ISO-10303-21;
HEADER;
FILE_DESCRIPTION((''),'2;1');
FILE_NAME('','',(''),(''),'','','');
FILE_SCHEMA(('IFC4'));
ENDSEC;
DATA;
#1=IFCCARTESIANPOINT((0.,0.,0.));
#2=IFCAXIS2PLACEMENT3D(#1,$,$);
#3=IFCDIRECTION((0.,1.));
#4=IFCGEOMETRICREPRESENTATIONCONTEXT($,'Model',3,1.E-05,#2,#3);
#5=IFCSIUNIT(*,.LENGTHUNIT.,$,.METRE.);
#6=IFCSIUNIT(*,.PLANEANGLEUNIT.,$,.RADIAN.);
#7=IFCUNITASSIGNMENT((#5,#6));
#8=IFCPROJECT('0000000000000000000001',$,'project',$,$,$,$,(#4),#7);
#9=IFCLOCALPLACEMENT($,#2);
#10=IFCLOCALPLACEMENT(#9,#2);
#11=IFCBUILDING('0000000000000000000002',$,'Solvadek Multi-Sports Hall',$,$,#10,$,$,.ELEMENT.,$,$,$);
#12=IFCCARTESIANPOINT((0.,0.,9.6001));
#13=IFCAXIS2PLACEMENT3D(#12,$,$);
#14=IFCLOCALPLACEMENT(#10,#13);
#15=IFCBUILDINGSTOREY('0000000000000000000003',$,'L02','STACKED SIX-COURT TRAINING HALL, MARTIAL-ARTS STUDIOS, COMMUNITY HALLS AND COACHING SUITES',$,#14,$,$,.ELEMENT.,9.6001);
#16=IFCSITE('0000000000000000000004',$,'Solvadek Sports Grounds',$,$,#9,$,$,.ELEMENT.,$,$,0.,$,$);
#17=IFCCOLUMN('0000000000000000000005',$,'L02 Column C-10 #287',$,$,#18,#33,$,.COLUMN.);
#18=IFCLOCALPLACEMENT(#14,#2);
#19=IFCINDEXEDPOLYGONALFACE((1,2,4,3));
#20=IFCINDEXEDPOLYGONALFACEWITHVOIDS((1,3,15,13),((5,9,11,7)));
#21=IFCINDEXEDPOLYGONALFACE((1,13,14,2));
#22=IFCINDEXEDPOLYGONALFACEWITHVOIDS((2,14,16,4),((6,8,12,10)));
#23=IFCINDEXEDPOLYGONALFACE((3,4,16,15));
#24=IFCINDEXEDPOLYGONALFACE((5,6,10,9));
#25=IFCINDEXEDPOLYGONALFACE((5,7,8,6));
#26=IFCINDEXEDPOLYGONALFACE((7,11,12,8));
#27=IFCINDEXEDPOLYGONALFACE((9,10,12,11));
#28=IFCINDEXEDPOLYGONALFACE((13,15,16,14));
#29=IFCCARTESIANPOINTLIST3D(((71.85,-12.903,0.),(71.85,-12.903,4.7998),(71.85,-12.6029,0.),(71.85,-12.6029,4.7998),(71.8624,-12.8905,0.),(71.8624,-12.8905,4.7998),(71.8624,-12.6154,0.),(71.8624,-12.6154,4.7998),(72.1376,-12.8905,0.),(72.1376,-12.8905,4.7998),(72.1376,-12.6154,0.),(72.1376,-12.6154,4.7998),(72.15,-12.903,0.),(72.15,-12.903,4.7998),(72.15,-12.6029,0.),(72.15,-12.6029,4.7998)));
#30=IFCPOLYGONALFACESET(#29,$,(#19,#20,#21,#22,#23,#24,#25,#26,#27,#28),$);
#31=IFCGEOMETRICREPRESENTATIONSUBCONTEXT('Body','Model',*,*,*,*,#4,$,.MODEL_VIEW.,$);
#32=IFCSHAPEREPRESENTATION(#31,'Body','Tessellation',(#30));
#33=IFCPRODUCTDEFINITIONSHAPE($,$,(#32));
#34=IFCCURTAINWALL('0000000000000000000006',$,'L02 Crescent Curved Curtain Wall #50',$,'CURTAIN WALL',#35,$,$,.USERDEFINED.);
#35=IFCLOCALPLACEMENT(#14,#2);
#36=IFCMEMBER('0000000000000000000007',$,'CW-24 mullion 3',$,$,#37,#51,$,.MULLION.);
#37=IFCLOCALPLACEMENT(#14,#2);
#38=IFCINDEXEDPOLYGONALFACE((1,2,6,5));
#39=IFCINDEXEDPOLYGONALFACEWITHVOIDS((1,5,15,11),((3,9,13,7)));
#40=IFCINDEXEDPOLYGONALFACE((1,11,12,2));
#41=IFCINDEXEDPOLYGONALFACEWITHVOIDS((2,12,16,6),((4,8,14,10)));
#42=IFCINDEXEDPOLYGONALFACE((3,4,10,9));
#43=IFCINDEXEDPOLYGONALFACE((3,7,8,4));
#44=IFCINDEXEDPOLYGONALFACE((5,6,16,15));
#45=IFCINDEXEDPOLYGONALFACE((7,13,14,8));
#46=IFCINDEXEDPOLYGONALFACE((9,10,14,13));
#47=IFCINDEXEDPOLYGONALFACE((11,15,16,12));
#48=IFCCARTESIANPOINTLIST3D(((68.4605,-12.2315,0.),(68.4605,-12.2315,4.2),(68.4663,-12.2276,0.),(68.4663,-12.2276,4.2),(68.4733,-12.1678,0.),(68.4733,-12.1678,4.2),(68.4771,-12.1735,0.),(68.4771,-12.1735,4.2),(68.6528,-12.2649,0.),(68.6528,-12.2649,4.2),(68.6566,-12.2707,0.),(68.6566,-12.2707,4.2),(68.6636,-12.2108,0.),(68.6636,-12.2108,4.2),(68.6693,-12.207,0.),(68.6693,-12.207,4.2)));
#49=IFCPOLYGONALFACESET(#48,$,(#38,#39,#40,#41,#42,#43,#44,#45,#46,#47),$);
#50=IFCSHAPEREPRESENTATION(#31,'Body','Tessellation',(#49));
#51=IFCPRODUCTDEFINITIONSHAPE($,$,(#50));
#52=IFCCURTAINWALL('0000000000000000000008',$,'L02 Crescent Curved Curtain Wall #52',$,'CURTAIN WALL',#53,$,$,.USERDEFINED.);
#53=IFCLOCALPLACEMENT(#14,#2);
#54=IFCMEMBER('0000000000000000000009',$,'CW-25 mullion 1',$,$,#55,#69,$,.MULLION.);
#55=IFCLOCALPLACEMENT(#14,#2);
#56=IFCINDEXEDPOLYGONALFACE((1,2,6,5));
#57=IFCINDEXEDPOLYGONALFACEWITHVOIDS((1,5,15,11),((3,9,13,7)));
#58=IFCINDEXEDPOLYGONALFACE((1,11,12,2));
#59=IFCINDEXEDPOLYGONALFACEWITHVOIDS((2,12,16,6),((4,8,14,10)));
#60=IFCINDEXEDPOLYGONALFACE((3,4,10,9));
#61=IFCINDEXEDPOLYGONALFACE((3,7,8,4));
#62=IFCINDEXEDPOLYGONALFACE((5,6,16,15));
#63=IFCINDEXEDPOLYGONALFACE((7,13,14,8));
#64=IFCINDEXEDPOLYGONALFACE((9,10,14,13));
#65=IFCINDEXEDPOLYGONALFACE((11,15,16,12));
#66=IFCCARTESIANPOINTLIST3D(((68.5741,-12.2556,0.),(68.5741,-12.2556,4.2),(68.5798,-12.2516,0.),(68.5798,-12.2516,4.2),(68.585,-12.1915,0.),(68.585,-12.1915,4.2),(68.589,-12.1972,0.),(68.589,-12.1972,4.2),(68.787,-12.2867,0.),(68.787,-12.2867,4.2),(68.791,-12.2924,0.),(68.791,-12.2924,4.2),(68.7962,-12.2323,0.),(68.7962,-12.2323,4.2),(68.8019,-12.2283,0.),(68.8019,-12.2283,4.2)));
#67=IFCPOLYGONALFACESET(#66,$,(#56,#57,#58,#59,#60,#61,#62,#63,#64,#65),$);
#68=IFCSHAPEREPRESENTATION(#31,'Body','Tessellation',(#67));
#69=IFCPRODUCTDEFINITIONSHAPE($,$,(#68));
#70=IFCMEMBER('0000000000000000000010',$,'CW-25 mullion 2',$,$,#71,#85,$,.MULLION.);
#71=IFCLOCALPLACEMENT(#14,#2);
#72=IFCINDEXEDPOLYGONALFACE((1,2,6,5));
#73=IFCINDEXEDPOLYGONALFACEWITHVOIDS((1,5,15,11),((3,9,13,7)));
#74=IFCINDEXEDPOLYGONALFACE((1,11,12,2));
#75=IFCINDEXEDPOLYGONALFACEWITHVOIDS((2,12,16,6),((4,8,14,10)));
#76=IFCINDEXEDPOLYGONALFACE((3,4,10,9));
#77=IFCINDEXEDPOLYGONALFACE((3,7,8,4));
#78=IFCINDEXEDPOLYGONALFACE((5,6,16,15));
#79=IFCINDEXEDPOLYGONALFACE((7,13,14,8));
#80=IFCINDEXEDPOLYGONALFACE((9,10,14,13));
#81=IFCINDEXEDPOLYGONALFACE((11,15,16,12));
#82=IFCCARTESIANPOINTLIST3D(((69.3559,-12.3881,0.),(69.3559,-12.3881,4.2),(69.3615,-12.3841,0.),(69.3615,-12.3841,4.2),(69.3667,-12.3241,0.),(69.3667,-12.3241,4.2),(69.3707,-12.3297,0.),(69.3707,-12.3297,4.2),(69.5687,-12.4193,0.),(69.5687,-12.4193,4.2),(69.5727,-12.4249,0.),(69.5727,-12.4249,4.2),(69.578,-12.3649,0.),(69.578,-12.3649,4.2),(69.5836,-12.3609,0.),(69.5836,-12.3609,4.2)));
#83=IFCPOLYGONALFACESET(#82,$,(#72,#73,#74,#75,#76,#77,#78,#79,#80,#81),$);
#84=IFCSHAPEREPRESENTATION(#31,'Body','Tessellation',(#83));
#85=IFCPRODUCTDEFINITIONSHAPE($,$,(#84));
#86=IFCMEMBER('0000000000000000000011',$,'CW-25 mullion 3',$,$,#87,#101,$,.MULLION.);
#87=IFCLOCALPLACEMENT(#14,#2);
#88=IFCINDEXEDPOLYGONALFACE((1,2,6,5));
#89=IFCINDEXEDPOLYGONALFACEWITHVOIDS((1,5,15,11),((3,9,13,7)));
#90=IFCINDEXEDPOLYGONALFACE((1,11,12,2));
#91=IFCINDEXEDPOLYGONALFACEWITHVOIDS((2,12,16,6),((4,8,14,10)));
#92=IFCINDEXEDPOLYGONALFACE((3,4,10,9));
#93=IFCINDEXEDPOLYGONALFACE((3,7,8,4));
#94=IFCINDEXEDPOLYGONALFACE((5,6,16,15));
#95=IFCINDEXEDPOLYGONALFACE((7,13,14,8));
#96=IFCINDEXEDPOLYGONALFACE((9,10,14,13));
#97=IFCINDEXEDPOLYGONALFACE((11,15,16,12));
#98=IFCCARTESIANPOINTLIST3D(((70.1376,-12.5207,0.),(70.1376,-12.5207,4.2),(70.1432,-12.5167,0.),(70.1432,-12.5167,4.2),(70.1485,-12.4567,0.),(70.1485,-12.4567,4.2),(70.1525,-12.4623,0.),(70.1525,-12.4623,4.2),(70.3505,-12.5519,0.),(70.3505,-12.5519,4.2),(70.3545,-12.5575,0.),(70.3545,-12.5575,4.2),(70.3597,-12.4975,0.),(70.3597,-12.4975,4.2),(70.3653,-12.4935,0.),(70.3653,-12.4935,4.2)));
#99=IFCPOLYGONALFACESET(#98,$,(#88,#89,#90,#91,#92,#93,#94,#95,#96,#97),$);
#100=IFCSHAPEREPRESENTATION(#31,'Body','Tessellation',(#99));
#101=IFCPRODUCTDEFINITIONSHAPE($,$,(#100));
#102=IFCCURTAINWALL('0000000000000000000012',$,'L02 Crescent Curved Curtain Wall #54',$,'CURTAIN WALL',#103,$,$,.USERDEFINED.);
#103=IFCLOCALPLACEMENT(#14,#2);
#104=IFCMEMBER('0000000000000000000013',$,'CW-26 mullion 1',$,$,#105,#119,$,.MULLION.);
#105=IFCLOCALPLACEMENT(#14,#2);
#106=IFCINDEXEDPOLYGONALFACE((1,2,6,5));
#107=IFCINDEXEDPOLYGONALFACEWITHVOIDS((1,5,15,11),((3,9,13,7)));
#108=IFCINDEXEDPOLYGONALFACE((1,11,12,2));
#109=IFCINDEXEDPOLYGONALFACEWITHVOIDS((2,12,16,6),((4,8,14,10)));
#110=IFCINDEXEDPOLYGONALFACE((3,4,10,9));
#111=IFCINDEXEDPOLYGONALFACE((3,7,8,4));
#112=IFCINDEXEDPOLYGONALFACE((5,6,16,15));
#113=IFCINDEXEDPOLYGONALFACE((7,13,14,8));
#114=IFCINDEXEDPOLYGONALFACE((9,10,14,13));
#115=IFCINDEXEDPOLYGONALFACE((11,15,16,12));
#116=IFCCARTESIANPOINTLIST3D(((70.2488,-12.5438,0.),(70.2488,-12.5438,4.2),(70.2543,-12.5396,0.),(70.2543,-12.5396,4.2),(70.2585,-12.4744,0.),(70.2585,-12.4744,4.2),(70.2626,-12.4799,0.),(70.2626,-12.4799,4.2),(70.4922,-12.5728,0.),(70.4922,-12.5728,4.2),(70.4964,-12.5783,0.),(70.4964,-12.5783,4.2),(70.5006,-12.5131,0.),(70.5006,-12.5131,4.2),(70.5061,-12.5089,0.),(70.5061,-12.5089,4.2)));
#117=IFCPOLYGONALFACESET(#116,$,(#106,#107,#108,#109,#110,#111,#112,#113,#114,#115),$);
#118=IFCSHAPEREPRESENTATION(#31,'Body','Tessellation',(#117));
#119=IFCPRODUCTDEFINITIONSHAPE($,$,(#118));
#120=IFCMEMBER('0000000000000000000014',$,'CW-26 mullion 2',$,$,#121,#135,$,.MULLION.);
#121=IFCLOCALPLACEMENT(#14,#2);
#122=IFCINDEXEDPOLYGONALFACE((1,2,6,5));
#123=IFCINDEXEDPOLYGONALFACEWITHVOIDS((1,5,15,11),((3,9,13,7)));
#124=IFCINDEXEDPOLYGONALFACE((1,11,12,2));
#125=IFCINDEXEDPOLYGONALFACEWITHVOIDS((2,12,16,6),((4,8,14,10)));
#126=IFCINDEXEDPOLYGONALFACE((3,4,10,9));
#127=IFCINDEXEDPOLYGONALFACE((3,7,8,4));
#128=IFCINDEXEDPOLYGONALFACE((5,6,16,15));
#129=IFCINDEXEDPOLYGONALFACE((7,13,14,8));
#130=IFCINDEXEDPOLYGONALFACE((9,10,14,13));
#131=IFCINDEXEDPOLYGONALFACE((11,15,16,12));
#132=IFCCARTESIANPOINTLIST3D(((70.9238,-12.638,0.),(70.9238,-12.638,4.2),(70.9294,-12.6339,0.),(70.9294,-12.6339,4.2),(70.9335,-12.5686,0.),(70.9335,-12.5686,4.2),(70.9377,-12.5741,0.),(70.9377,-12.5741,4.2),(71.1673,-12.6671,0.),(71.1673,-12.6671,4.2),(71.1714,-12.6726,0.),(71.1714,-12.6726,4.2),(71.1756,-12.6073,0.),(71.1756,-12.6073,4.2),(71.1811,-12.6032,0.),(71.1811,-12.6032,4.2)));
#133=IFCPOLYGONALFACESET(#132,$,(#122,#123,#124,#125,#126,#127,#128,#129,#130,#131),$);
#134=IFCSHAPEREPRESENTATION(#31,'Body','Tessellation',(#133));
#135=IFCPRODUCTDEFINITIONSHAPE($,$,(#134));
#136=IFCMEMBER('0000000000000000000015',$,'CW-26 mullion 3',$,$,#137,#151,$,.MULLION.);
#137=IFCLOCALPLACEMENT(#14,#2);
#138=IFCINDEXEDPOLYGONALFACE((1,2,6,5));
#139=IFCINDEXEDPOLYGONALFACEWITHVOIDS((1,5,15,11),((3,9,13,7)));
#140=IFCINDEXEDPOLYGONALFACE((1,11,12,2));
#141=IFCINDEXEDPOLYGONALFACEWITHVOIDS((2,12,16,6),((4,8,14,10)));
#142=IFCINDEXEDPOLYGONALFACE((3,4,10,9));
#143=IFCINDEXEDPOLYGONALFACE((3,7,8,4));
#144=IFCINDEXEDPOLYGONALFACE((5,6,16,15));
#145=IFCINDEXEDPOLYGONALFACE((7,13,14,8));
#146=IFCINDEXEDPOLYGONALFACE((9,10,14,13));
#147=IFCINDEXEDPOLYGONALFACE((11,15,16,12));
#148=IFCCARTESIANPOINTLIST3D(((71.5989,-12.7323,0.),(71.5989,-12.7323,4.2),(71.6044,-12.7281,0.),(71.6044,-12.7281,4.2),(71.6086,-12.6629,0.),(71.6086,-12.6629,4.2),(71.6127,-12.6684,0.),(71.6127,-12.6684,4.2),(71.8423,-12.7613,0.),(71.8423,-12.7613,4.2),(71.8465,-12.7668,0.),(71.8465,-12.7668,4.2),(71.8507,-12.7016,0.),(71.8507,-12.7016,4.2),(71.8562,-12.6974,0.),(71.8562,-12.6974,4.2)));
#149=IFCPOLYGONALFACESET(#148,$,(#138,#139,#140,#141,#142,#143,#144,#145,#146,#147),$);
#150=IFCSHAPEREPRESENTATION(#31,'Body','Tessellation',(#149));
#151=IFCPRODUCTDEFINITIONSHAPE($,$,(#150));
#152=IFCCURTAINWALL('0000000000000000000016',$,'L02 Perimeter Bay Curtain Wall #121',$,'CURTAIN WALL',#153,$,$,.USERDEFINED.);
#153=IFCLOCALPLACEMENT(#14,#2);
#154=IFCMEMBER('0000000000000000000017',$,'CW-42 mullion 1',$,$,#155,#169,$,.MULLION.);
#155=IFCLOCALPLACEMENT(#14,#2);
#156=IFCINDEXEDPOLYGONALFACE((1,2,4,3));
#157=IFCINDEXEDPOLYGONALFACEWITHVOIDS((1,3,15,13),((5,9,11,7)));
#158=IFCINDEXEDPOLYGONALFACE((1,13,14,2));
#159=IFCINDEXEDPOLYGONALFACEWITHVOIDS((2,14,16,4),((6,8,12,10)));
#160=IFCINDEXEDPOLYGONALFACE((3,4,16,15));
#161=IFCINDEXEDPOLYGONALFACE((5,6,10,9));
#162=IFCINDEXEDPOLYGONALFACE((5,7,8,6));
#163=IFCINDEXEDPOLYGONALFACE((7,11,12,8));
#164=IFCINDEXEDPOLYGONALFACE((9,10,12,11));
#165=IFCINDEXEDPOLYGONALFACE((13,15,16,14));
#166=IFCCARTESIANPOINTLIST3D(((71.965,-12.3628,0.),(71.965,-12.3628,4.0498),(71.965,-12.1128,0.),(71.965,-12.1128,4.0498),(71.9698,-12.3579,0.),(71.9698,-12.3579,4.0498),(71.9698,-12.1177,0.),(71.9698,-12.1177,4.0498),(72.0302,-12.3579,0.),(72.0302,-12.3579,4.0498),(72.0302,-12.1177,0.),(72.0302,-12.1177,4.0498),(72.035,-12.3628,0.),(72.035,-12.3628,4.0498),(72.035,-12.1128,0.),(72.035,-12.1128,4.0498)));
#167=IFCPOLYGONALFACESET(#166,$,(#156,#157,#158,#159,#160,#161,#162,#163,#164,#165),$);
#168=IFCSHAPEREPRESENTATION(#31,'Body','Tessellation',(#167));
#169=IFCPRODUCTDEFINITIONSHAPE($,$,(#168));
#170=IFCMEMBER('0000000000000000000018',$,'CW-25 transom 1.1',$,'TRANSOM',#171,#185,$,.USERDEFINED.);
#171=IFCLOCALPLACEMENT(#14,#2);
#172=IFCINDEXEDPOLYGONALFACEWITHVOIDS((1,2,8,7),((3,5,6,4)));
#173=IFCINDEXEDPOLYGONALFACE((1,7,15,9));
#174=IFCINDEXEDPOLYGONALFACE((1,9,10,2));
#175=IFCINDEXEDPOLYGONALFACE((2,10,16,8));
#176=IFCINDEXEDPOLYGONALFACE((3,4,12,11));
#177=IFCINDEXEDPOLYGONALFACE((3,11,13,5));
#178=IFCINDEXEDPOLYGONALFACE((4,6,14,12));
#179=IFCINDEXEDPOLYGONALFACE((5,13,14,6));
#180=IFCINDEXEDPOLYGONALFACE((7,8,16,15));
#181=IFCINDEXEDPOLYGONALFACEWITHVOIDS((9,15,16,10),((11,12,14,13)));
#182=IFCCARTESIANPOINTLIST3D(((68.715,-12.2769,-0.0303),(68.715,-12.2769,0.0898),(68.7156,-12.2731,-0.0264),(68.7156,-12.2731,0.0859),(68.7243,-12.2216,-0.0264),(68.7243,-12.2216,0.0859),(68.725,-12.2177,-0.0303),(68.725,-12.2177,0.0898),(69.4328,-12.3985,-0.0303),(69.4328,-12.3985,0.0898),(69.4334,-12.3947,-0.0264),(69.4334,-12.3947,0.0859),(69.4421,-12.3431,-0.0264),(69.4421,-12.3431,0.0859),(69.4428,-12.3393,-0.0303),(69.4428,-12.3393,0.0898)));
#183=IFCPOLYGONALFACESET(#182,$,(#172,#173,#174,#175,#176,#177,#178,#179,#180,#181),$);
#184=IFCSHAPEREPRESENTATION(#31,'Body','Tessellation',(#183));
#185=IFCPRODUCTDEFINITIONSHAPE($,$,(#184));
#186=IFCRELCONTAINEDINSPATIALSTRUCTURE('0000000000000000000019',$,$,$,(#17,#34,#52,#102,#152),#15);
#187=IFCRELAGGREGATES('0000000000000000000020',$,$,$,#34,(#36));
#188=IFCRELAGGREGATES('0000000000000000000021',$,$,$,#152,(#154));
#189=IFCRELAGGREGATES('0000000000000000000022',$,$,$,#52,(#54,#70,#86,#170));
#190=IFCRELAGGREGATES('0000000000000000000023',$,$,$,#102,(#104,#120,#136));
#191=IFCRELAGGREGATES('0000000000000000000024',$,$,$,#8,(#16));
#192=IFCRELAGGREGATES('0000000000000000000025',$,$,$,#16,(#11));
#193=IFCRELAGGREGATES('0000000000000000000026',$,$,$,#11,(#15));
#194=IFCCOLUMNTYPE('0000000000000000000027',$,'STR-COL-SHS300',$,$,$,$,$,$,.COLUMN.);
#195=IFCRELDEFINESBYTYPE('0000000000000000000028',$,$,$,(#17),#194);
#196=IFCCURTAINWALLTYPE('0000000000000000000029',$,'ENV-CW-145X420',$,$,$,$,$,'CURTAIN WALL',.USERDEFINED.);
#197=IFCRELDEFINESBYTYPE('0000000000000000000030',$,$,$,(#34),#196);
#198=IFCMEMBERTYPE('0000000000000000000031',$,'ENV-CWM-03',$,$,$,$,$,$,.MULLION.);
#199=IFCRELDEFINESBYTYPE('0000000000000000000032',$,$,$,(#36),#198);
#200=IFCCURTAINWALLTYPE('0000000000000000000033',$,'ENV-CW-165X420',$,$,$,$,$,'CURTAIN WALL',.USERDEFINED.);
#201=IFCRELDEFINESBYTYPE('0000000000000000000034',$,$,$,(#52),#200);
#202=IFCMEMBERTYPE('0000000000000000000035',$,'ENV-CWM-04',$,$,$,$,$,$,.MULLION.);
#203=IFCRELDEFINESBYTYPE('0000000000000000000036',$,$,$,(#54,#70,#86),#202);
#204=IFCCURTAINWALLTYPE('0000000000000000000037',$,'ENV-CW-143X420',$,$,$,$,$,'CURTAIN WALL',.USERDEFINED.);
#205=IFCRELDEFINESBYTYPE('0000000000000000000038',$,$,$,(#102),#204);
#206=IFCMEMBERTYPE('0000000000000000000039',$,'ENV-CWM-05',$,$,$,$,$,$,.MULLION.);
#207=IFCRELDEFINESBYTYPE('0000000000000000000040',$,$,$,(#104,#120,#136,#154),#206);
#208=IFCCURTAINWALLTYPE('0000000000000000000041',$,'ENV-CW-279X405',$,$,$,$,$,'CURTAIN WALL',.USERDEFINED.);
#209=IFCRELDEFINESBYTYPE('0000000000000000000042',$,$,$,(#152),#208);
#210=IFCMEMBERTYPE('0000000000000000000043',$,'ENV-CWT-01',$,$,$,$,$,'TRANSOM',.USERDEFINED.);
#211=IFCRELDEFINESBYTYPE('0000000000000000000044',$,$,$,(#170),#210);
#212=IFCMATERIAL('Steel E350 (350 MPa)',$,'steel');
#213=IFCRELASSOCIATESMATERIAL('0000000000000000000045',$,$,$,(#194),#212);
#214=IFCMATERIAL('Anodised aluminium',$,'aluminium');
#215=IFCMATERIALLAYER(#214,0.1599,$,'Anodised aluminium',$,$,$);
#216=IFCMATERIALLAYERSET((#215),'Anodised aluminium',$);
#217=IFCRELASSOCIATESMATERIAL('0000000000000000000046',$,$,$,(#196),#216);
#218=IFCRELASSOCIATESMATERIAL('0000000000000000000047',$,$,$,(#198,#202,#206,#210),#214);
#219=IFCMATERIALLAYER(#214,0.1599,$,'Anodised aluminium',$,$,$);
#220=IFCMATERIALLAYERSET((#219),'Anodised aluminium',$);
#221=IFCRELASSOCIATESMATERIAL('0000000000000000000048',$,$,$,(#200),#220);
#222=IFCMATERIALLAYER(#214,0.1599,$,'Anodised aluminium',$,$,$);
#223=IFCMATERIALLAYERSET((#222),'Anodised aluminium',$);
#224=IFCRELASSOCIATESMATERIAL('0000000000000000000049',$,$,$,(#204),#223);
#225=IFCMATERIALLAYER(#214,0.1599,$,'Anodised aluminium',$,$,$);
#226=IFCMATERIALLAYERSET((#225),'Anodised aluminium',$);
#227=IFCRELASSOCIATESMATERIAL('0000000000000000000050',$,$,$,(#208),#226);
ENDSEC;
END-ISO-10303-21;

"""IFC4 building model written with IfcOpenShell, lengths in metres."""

from ifc_helpers import new_model, si_unit, direction, frame, origin, origin_2d, place, context, subcontext, project, spatial, hollow_rectangle, extrude, material, layer, layer_set, material_profile, profile_set, type_object, element, aggregate, save


model = new_model("IFC4")

# Units and contexts
model_context = context("Model", 3, precision=1e-05, world=origin(), true_north=direction((0.0, 1.0)))
body_context = subcontext(model_context, "Body", "Model", "MODEL_VIEW")
ifc_project = project(units=[si_unit("LENGTHUNIT", "METRE"), si_unit("PLANEANGLEUNIT", "RADIAN")], contexts=[model_context])

# Site, building, storey
site_placement = place(None, origin())
site = spatial("IfcSite", under=ifc_project, at=site_placement, Name="Solvadek Sports Grounds", CompositionType="ELEMENT", RefElevation=0.0)
building_placement = place(site_placement, origin())
building = spatial("IfcBuilding", under=site, at=building_placement, Name="Solvadek Multi-Sports Hall", CompositionType="ELEMENT")
storey_placement = place(building_placement, frame((0.0, 0.0, 9.6001)))
storey = spatial("IfcBuildingStorey", under=building, at=storey_placement, Name="L02", Description="STACKED SIX-COURT TRAINING HALL, MARTIAL-ARTS STUDIOS, COMMUNITY HALLS AND COACHING SUITES", CompositionType="ELEMENT", Elevation=9.6001)

# Column
ifc_material_1 = material(Name="Steel E350 (350 MPa)", Category="steel")
ifc_material_profile_1 = material_profile(ifc_material_1, hollow_rectangle(XDim=0.3, YDim=0.3, WallThickness=0.0125, at=origin_2d()), Name="SHS 300x300x12.5")
ifc_profile_set_1 = profile_set([ifc_material_profile_1], Name="Steel E350 (350 MPa)")
column_type = type_object("IfcColumnType", Name="STR-COL-SHS300", PredefinedType="COLUMN", material=ifc_profile_set_1)
column_placement = place(storey_placement, frame((72.0, -12.7529, 0.0), z_axis=(0.0, 0.0, 1.0), x_axis=(1.0, 0.0, 0.0)))
element("IfcColumn", 1, at=column_placement, inside=storey, type_object=column_type, Name="L02 Column C-10 #287", PredefinedType="COLUMN", context=body_context, shape_type="SweptSolid", body=[
    extrude(hollow_rectangle(XDim=0.3, YDim=0.3, WallThickness=0.0125, at=origin_2d()), origin(), (0.0, 0.0, 1.0), 4.7998),
])

# Curtain wall, member
ifc_material_2 = material(Name="Anodised aluminium", Category="aluminium")
ifc_layer_1 = layer(ifc_material_2, 0.1599, Name="Anodised aluminium")
ifc_layer_set_1 = layer_set([ifc_layer_1], Name="Anodised aluminium")
curtain_wall_type_1 = type_object("IfcCurtainWallType", Name="ENV-CW-145X420", ElementType="CURTAIN WALL", PredefinedType="USERDEFINED", material=ifc_layer_set_1)
curtain_wall_1_placement = place(storey_placement, origin())
curtain_wall_1 = element("IfcCurtainWall", 2, at=curtain_wall_1_placement, inside=storey, type_object=curtain_wall_type_1, Name="L02 Crescent Curved Curtain Wall #50", ObjectType="CURTAIN WALL", PredefinedType="USERDEFINED")
ifc_material_profile_2 = material_profile(ifc_material_2, hollow_rectangle(XDim=0.0649, YDim=0.2, WallThickness=0.0049, at=origin_2d()), Name="ALU-M 200x65x5")
ifc_profile_set_2 = profile_set([ifc_material_profile_2], Name="Anodised aluminium")
member_type_1 = type_object("IfcMemberType", Name="ENV-CWM-03", PredefinedType="MULLION", material=ifc_profile_set_2)
member_1_placement = place(storey_placement, frame((68.5649, -12.2192, 0.0), z_axis=(0.0, 0.0, 1.0), x_axis=(0.196156, 0.980573, 0.0)))
member_1 = element("IfcMember", 3, at=member_1_placement, type_object=member_type_1, Name="CW-24 mullion 3", PredefinedType="MULLION", context=body_context, shape_type="SweptSolid", body=[
    extrude(hollow_rectangle(XDim=0.0649, YDim=0.2, WallThickness=0.0049, at=origin_2d()), origin(), (0.0, 0.0, 1.0), 4.2),
])
aggregate(curtain_wall_1, [member_1])

# Curtain walls, members
ifc_layer_2 = layer(ifc_material_2, 0.1599, Name="Anodised aluminium")
ifc_layer_set_2 = layer_set([ifc_layer_2], Name="Anodised aluminium")
curtain_wall_type_2 = type_object("IfcCurtainWallType", Name="ENV-CW-165X420", ElementType="CURTAIN WALL", PredefinedType="USERDEFINED", material=ifc_layer_set_2)
curtain_wall_2_placement = place(storey_placement, origin())
curtain_wall_2 = element("IfcCurtainWall", 4, at=curtain_wall_2_placement, inside=storey, type_object=curtain_wall_type_2, Name="L02 Crescent Curved Curtain Wall #52", ObjectType="CURTAIN WALL", PredefinedType="USERDEFINED")
ifc_material_profile_3 = material_profile(ifc_material_2, hollow_rectangle(XDim=0.0649, YDim=0.22, WallThickness=0.0049, at=origin_2d()), Name="ALU-M 220x65x5")
ifc_profile_set_3 = profile_set([ifc_material_profile_3], Name="Anodised aluminium")
member_type_2 = type_object("IfcMemberType", Name="ENV-CWM-04", PredefinedType="MULLION", material=ifc_profile_set_3)
member_2_placement = place(storey_placement, frame((68.688, -12.2419, 0.0), z_axis=(0.0, 0.0, 1.0), x_axis=(0.167247, 0.985915, 0.0)))
member_2 = element("IfcMember", 5, at=member_2_placement, type_object=member_type_2, Name="CW-25 mullion 1", PredefinedType="MULLION", context=body_context, shape_type="SweptSolid", body=[
    extrude(hollow_rectangle(XDim=0.0649, YDim=0.22, WallThickness=0.0049, at=origin_2d()), origin(), (0.0, 0.0, 1.0), 4.2),
])
member_3_placement = place(storey_placement, frame((69.4697, -12.3745, 0.0), z_axis=(0.0, 0.0, 1.0), x_axis=(0.167247, 0.985915, 0.0)))
member_3 = element("IfcMember", 6, at=member_3_placement, type_object=member_type_2, Name="CW-25 mullion 2", PredefinedType="MULLION", context=body_context, shape_type="SweptSolid", body=[
    extrude(hollow_rectangle(XDim=0.0649, YDim=0.22, WallThickness=0.0049, at=origin_2d()), origin(), (0.0, 0.0, 1.0), 4.2),
])
member_4_placement = place(storey_placement, frame((70.2515, -12.5071, 0.0), z_axis=(0.0, 0.0, 1.0), x_axis=(0.167247, 0.985915, 0.0)))
member_4 = element("IfcMember", 7, at=member_4_placement, type_object=member_type_2, Name="CW-25 mullion 3", PredefinedType="MULLION", context=body_context, shape_type="SweptSolid", body=[
    extrude(hollow_rectangle(XDim=0.0649, YDim=0.22, WallThickness=0.0049, at=origin_2d()), origin(), (0.0, 0.0, 1.0), 4.2),
])
ifc_layer_3 = layer(ifc_material_2, 0.1599, Name="Anodised aluminium")
ifc_layer_set_3 = layer_set([ifc_layer_3], Name="Anodised aluminium")
curtain_wall_type_3 = type_object("IfcCurtainWallType", Name="ENV-CW-143X420", ElementType="CURTAIN WALL", PredefinedType="USERDEFINED", material=ifc_layer_set_3)
curtain_wall_3_placement = place(storey_placement, origin())
curtain_wall_3 = element("IfcCurtainWall", 8, at=curtain_wall_3_placement, inside=storey, type_object=curtain_wall_type_3, Name="L02 Crescent Curved Curtain Wall #54", ObjectType="CURTAIN WALL", PredefinedType="USERDEFINED")
ifc_material_profile_4 = material_profile(ifc_material_2, hollow_rectangle(XDim=0.0701, YDim=0.25, WallThickness=0.0049, at=origin_2d()), Name="ALU-M 250x70x5")
ifc_profile_set_4 = profile_set([ifc_material_profile_4], Name="Anodised aluminium")
member_type_3 = type_object("IfcMemberType", Name="ENV-CWM-05", PredefinedType="MULLION", material=ifc_profile_set_4)
member_5_placement = place(storey_placement, frame((70.3774, -12.5264, 0.0), z_axis=(0.0, 0.0, 1.0), x_axis=(0.138217, 0.990402, 0.0)))
member_5 = element("IfcMember", 9, at=member_5_placement, type_object=member_type_3, Name="CW-26 mullion 1", PredefinedType="MULLION", context=body_context, shape_type="SweptSolid", body=[
    extrude(hollow_rectangle(XDim=0.0701, YDim=0.25, WallThickness=0.0049, at=origin_2d()), origin(), (0.0, 0.0, 1.0), 4.2),
])
member_6_placement = place(storey_placement, frame((71.0525, -12.6206, 0.0), z_axis=(0.0, 0.0, 1.0), x_axis=(0.138217, 0.990402, 0.0)))
member_6 = element("IfcMember", 10, at=member_6_placement, type_object=member_type_3, Name="CW-26 mullion 2", PredefinedType="MULLION", context=body_context, shape_type="SweptSolid", body=[
    extrude(hollow_rectangle(XDim=0.0701, YDim=0.25, WallThickness=0.0049, at=origin_2d()), origin(), (0.0, 0.0, 1.0), 4.2),
])
member_7_placement = place(storey_placement, frame((71.7275, -12.7148, 0.0), z_axis=(0.0, 0.0, 1.0), x_axis=(0.138217, 0.990402, 0.0)))
member_7 = element("IfcMember", 11, at=member_7_placement, type_object=member_type_3, Name="CW-26 mullion 3", PredefinedType="MULLION", context=body_context, shape_type="SweptSolid", body=[
    extrude(hollow_rectangle(XDim=0.0701, YDim=0.25, WallThickness=0.0049, at=origin_2d()), origin(), (0.0, 0.0, 1.0), 4.2),
])

# Curtain wall, member
ifc_layer_4 = layer(ifc_material_2, 0.1599, Name="Anodised aluminium")
ifc_layer_set_4 = layer_set([ifc_layer_4], Name="Anodised aluminium")
curtain_wall_type_4 = type_object("IfcCurtainWallType", Name="ENV-CW-279X405", ElementType="CURTAIN WALL", PredefinedType="USERDEFINED", material=ifc_layer_set_4)
curtain_wall_4_placement = place(storey_placement, origin())
curtain_wall_4 = element("IfcCurtainWall", 12, at=curtain_wall_4_placement, inside=storey, type_object=curtain_wall_type_4, Name="L02 Perimeter Bay Curtain Wall #121", ObjectType="CURTAIN WALL", PredefinedType="USERDEFINED")
member_8_placement = place(storey_placement, frame((72.0, -12.2378, 0.0), z_axis=(0.0, 0.0, 1.0), x_axis=(-1.0, 0.0, 0.0)))
member_8 = element("IfcMember", 13, at=member_8_placement, type_object=member_type_3, Name="CW-42 mullion 1", PredefinedType="MULLION", context=body_context, shape_type="SweptSolid", body=[
    extrude(hollow_rectangle(XDim=0.0701, YDim=0.25, WallThickness=0.0049, at=origin_2d()), origin(), (0.0, 0.0, 1.0), 4.0498),
])

# Member
ifc_material_profile_5 = material_profile(ifc_material_2, hollow_rectangle(XDim=0.0601, YDim=0.1201, WallThickness=0.0039, at=origin_2d()), Name="ALU-T 120x60x4")
ifc_profile_set_5 = profile_set([ifc_material_profile_5], Name="Anodised aluminium")
member_type_4 = type_object("IfcMemberType", Name="ENV-CWT-01", ElementType="TRANSOM", PredefinedType="USERDEFINED", material=ifc_profile_set_5)
member_9_placement = place(storey_placement, frame((68.72, -12.2473, 0.0298), z_axis=(0.985955, -0.167009, 0.0), x_axis=(0.167009, 0.985955, 0.0)))
member_9 = element("IfcMember", 14, at=member_9_placement, type_object=member_type_4, Name="CW-25 transom 1.1", ObjectType="TRANSOM", PredefinedType="USERDEFINED", context=body_context, shape_type="SweptSolid", body=[
    extrude(hollow_rectangle(XDim=0.0601, YDim=0.1201, WallThickness=0.0039, at=origin_2d()), origin(), (0.0, 0.0, 1.0), 0.728),
])
aggregate(curtain_wall_4, [member_8])

aggregate(curtain_wall_2, [member_2, member_3, member_4, member_9])
aggregate(curtain_wall_3, [member_5, member_6, member_7])

save(model, "model.ifc")
